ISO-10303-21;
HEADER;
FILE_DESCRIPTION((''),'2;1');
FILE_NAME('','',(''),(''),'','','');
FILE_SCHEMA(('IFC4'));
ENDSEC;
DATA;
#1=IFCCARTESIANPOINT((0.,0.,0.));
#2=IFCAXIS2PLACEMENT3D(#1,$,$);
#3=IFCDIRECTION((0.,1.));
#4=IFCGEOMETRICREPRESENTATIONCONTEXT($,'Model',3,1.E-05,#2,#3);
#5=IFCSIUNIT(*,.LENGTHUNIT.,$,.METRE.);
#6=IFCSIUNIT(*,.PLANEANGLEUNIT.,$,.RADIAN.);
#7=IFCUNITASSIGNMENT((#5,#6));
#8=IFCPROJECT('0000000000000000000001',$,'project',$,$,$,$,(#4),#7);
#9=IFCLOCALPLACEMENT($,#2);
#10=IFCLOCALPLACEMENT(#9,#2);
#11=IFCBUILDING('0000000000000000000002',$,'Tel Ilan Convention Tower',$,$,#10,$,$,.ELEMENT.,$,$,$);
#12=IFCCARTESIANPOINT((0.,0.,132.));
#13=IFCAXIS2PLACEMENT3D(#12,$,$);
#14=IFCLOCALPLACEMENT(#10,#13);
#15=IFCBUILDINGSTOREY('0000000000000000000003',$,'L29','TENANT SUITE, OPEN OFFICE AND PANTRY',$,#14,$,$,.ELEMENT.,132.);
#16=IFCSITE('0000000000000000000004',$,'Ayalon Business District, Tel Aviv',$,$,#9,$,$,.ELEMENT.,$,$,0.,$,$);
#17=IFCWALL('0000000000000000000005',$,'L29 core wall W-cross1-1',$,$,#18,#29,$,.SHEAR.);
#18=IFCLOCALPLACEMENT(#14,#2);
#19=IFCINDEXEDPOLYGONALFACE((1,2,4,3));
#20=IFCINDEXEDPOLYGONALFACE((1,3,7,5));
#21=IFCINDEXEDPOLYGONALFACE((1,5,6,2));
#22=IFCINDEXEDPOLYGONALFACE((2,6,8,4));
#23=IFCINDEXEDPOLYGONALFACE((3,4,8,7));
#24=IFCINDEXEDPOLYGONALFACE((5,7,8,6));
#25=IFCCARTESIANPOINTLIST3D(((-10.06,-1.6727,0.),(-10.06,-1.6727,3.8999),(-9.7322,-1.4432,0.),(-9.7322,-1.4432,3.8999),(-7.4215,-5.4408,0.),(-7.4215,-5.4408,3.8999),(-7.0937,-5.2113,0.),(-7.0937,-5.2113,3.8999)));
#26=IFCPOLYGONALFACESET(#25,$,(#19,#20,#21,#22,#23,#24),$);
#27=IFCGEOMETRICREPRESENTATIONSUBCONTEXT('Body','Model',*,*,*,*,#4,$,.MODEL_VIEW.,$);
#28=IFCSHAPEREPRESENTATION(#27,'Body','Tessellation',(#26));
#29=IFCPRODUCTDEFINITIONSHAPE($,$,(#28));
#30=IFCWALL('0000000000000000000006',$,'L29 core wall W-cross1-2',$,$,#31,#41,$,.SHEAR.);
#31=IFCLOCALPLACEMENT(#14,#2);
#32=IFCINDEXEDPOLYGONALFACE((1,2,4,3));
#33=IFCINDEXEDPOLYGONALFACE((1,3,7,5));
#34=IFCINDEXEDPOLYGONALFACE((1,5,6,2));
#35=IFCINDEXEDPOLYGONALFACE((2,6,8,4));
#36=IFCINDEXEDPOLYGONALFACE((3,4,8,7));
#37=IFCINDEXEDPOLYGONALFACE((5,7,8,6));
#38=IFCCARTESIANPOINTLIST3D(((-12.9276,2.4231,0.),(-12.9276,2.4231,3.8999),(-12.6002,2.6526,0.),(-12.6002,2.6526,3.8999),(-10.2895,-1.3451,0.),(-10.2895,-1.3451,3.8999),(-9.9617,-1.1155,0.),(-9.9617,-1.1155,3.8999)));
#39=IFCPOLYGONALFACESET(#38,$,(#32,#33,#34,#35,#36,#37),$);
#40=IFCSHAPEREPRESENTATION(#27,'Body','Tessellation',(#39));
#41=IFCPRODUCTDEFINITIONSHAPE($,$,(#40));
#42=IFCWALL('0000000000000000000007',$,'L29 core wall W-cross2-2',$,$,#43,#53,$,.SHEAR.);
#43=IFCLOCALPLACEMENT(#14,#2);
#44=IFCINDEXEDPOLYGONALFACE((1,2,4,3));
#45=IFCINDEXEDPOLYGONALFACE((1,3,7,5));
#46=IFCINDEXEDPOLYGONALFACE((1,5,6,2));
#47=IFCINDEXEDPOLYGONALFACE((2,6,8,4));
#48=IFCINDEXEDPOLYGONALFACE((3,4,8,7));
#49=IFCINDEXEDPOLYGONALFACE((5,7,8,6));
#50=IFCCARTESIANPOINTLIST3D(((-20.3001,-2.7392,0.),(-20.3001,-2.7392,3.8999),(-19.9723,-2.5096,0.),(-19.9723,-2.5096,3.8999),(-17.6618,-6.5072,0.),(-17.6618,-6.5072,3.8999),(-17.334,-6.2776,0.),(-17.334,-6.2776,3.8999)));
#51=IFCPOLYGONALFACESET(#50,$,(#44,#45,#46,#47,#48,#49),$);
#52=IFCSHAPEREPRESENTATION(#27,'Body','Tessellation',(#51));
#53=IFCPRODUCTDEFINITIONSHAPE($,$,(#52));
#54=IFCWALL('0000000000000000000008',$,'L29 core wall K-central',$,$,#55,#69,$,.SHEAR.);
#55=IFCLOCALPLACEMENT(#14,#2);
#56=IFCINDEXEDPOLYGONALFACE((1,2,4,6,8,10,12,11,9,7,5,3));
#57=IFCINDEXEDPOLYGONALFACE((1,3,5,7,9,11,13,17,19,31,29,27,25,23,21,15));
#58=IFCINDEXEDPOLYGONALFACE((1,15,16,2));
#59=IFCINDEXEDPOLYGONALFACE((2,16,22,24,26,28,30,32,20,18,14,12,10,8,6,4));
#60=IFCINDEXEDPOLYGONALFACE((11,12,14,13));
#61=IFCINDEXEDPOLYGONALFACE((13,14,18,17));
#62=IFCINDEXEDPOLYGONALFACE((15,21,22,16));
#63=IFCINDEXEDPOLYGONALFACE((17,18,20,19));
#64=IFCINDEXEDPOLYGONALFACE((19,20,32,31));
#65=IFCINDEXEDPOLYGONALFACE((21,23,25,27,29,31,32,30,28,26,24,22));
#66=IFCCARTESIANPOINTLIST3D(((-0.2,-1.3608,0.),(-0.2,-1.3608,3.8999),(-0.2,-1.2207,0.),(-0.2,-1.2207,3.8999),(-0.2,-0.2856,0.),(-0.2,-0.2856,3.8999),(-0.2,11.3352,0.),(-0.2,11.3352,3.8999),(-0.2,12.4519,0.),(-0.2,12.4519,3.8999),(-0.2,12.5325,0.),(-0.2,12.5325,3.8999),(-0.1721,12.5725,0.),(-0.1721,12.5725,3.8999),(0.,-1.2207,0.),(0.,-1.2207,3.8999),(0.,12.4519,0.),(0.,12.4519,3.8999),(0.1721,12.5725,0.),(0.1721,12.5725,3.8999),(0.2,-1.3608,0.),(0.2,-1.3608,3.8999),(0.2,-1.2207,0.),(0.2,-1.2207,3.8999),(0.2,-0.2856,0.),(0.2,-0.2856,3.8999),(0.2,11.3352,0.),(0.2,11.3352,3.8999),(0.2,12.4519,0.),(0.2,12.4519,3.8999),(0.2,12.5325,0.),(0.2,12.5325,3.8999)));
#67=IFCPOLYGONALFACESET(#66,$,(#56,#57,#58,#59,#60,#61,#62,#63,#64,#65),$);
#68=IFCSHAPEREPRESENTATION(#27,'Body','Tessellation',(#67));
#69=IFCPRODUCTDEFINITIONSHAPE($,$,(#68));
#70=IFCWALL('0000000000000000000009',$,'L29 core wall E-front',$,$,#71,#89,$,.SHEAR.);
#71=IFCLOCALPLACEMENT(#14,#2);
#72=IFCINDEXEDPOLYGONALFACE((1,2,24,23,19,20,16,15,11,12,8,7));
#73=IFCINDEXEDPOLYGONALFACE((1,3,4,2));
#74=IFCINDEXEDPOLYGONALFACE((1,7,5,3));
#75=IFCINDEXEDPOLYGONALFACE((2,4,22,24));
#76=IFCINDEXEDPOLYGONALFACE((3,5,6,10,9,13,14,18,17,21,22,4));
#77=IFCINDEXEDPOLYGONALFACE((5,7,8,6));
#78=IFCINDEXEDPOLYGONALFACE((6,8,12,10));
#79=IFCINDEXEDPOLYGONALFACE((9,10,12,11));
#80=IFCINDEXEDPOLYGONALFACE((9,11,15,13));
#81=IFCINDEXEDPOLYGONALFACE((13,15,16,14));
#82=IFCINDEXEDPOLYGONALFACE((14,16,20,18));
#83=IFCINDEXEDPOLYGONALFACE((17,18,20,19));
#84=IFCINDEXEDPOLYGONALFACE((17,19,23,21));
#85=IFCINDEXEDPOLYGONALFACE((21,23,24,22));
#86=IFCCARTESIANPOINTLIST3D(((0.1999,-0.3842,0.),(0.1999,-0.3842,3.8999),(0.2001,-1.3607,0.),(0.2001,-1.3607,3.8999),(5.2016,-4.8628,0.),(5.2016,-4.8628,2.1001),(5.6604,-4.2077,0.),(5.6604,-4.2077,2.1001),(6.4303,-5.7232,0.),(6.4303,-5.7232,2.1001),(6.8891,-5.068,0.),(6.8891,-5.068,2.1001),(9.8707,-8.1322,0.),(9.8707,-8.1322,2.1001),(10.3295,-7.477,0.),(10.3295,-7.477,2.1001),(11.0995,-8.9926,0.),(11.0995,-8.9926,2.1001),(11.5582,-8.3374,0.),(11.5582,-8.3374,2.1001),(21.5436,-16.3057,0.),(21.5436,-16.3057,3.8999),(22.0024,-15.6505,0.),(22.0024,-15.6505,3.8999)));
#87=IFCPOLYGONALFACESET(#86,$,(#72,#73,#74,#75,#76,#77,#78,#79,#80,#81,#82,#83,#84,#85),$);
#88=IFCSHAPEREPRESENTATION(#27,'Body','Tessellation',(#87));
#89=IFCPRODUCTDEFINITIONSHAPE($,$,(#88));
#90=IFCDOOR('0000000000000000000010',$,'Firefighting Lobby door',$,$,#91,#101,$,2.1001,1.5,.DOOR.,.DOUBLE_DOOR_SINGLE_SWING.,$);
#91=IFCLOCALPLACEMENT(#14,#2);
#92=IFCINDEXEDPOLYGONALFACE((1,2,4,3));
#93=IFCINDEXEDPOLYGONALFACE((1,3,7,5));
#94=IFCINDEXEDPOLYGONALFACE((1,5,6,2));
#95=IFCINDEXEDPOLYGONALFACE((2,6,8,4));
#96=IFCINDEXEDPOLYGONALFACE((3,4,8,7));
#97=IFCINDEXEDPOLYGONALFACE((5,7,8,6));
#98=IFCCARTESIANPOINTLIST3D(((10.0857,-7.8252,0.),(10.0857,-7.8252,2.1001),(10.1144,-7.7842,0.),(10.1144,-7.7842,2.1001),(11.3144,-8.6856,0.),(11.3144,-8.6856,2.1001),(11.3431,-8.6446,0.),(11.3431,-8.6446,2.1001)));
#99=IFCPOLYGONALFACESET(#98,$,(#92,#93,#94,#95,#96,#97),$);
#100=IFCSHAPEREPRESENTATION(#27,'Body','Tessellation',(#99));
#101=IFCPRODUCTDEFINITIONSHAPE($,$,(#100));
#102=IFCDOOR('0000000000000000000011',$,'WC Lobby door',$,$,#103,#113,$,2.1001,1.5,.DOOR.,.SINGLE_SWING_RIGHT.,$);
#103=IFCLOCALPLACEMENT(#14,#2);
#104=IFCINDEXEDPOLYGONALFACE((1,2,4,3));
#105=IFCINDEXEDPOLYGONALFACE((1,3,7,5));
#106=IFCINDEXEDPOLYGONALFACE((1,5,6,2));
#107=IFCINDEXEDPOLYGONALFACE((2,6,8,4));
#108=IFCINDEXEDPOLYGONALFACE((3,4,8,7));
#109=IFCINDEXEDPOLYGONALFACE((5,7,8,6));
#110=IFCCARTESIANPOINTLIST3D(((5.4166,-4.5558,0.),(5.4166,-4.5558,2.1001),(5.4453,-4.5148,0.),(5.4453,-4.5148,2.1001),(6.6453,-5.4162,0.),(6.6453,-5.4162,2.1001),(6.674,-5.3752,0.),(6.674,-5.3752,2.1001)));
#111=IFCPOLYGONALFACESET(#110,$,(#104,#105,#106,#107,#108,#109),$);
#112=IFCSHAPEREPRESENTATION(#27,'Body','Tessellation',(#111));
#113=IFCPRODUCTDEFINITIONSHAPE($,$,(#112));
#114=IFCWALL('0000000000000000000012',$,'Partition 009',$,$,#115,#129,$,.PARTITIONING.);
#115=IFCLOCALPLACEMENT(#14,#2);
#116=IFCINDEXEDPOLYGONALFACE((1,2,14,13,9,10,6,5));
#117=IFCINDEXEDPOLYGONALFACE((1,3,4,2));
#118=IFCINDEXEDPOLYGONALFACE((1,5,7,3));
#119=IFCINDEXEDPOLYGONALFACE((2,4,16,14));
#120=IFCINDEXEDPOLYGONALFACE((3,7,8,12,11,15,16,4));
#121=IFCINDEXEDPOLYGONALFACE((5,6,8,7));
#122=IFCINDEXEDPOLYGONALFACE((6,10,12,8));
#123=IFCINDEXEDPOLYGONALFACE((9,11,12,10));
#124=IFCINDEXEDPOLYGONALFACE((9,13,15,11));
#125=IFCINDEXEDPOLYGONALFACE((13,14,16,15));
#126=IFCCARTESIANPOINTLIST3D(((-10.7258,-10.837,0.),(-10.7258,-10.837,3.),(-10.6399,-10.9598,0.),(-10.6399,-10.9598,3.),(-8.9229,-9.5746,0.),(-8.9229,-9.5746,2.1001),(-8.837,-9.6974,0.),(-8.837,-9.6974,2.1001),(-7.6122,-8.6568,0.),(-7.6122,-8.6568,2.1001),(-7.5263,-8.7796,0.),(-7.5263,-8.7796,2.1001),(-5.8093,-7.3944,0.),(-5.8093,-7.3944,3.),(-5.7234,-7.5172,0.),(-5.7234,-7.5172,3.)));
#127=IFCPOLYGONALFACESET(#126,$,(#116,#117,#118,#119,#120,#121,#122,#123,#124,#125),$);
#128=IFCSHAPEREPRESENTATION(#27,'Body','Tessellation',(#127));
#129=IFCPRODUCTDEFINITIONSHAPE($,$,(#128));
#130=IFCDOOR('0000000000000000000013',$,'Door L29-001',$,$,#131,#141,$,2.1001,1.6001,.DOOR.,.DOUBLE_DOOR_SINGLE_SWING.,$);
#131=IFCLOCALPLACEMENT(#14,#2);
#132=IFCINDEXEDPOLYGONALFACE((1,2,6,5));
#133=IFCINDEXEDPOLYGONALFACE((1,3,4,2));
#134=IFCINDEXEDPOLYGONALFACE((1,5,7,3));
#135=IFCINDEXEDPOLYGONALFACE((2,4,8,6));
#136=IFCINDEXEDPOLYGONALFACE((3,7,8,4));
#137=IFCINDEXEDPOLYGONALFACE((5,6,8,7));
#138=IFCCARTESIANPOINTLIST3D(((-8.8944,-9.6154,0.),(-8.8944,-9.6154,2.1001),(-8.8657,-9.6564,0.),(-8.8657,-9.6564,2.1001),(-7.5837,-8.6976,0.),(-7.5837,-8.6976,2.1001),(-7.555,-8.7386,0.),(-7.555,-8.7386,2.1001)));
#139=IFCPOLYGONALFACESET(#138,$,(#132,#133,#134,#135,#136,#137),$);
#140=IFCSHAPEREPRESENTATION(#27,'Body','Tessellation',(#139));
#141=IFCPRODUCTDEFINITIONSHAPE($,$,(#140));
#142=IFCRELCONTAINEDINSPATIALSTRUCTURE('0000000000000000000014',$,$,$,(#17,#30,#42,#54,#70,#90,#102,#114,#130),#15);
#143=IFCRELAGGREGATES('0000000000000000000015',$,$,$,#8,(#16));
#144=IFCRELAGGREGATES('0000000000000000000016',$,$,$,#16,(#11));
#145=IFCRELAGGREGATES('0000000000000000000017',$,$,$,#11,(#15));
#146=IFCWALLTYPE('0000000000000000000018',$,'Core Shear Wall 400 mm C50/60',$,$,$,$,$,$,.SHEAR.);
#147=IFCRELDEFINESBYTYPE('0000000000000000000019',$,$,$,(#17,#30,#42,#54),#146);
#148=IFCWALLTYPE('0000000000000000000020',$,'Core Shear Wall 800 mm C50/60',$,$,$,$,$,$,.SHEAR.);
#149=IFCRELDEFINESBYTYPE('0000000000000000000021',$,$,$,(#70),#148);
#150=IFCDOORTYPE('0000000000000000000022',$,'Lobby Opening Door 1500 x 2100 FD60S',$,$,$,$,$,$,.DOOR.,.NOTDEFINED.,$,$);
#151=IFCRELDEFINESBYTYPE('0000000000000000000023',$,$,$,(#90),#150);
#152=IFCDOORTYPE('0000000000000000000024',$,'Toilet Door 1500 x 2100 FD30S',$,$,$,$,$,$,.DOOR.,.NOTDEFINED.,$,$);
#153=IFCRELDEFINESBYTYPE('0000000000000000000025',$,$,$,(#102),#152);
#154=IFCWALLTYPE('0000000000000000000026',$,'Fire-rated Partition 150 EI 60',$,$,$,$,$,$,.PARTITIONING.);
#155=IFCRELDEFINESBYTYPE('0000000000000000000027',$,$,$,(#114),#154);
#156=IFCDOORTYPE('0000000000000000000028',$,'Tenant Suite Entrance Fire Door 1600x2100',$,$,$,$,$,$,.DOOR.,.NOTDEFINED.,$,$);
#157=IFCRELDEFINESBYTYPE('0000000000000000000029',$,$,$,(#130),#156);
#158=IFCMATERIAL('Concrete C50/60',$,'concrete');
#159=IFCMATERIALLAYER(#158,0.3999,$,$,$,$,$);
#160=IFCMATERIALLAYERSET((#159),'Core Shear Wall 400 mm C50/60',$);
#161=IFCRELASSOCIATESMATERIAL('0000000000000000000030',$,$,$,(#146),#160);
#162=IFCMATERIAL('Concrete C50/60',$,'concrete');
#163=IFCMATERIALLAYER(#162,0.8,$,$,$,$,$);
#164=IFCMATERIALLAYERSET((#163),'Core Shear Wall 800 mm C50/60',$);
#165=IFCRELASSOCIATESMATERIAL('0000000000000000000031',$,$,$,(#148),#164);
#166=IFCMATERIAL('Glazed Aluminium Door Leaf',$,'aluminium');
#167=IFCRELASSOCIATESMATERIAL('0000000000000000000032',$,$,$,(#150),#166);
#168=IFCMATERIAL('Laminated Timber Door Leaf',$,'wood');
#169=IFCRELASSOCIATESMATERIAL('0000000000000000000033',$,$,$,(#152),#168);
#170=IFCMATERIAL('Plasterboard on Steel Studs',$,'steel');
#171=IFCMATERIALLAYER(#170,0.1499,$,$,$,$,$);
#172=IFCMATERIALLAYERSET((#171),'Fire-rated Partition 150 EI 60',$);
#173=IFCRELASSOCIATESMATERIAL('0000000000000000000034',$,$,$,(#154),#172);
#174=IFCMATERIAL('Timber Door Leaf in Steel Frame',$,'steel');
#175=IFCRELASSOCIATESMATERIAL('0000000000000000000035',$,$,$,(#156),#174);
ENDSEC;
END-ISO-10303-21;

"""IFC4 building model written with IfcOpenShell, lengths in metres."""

from ifc_helpers import new_model, si_unit, direction, frame, frame_2d, origin, place, context, subcontext, project, spatial, polyline, rectangle, outline, extrude, material, layer, layer_set, type_object, element, fill, save


model = new_model("IFC4")

# Units and contexts
model_context = context("Model", 3, precision=1e-05, world=origin(), true_north=direction((0.0, 1.0)))
body_context = subcontext(model_context, "Body", "Model", "MODEL_VIEW")
ifc_project = project(units=[si_unit("LENGTHUNIT", "METRE"), si_unit("PLANEANGLEUNIT", "RADIAN")], contexts=[model_context])

# Site, building, storey
site_placement = place(None, origin())
site = spatial("IfcSite", under=ifc_project, at=site_placement, Name="Ayalon Business District, Tel Aviv", CompositionType="ELEMENT", RefElevation=0.0)
building_placement = place(site_placement, origin())
building = spatial("IfcBuilding", under=site, at=building_placement, Name="Tel Ilan Convention Tower", CompositionType="ELEMENT")
storey_placement = place(building_placement, frame((0.0, 0.0, 132.0)))
storey = spatial("IfcBuildingStorey", under=building, at=storey_placement, Name="L29", Description="TENANT SUITE, OPEN OFFICE AND PANTRY", CompositionType="ELEMENT", Elevation=132.0)

# Walls
ifc_material_1 = material(Name="Concrete C50/60", Category="concrete")
ifc_layer_1 = layer(ifc_material_1, 0.3999)
ifc_layer_set_1 = layer_set([ifc_layer_1], Name="Core Shear Wall 400 mm C50/60")
wall_type_1 = type_object("IfcWallType", Name="Core Shear Wall 400 mm C50/60", PredefinedType="SHEAR", material=ifc_layer_set_1)
wall_1_placement = place(storey_placement, frame((-7.2578, -5.3259, 0.0), z_axis=(0.0, 0.0, 1.0), x_axis=(-0.573541, 0.819177, 0.0)))
element("IfcWall", 1, at=wall_1_placement, inside=storey, type_object=wall_type_1, Name="L29 core wall W-cross1-1", PredefinedType="SHEAR", context=body_context, shape_type="SweptSolid", body=[
    extrude(outline(polyline([(4.5999, 0.2002), (-0.0002, 0.2), (-0.0002, -0.2002), (4.5999, -0.2), (4.5999, 0.2002)])), origin(), (0.0, 0.0, 1.0), 3.8999),
])
wall_2_placement = place(storey_placement, frame((-10.1255, -1.2302, 0.0), z_axis=(0.0, 0.0, 1.0), x_axis=(-0.573576, 0.819152, 0.0)))
element("IfcWall", 2, at=wall_2_placement, inside=storey, type_object=wall_type_1, Name="L29 core wall W-cross1-2", PredefinedType="SHEAR", context=body_context, shape_type="SweptSolid", body=[
    extrude(outline(polyline([(4.6001, -0.2), (4.5999, 0.2), (0.0, 0.2002), (0.0, -0.2), (4.6001, -0.2)])), origin(), (0.0, 0.0, 1.0), 3.8999),
])
wall_3_placement = place(storey_placement, frame((-17.4978, -6.3923, 0.0), z_axis=(0.0, 0.0, 1.0), x_axis=(-0.573612, 0.819127, 0.0)))
element("IfcWall", 3, at=wall_3_placement, inside=storey, type_object=wall_type_1, Name="L29 core wall W-cross2-2", PredefinedType="SHEAR", context=body_context, shape_type="SweptSolid", body=[
    extrude(outline(polyline([(4.5999, -0.2002), (4.5999, 0.2), (0.0, 0.2002), (0.0, -0.2), (4.5999, -0.2002)])), origin(), (0.0, 0.0, 1.0), 3.8999),
])
wall_4_placement = place(storey_placement, frame((0.0, -1.3608, 0.0), z_axis=(0.0, 0.0, 1.0), x_axis=(0.0, 1.0, 0.0)))
element("IfcWall", 4, at=wall_4_placement, inside=storey, type_object=wall_type_1, Name="L29 core wall K-central", PredefinedType="SHEAR", context=body_context, shape_type="SweptSolid", body=[
    extrude(outline(polyline([(0.0, -0.2), (0.1401, -0.2), (1.0752, -0.2), (12.696, -0.2), (13.8127, -0.2), (13.8933, -0.2), (13.9333, -0.1721), (13.8127, 0.0), (13.9333, 0.1721), (13.8933, 0.2), (13.8127, 0.2), (12.696, 0.2), (1.0752, 0.2), (0.1401, 0.2), (0.0, 0.2), (0.1401, 0.0), (0.0, -0.2)])), origin(), (0.0, 0.0, 1.0), 3.8999),
])

# Wall, openings, doors
ifc_material_2 = material(Name="Concrete C50/60", Category="concrete")
ifc_layer_2 = layer(ifc_material_2, 0.8)
ifc_layer_set_2 = layer_set([ifc_layer_2], Name="Core Shear Wall 800 mm C50/60")
wall_type_2 = type_object("IfcWallType", Name="Core Shear Wall 800 mm C50/60", PredefinedType="SHEAR", material=ifc_layer_set_2)
wall_5_placement = place(storey_placement, frame((-0.0293, -0.7119, 0.0), z_axis=(0.0, 0.0, 1.0), x_axis=(0.819152, -0.573577, 0.0)))
wall_5 = element("IfcWall", 5, at=wall_5_placement, inside=storey, type_object=wall_type_2, Name="L29 core wall E-front", PredefinedType="SHEAR", context=body_context, shape_type="SweptSolid", body=[
    extrude(outline(polyline([(26.6157, 0.3999), (-0.0002, 0.3999), (0.5601, -0.3999), (26.6157, -0.3999), (26.6157, 0.3999)])), origin(), (0.0, 0.0, 1.0), 3.8999),
])
opening_1_placement = place(wall_5_placement, frame((6.6658, 0.0, 0.0)))
opening_1 = element("IfcOpeningElement", 6, at=opening_1_placement, cuts=wall_5, PredefinedType="OPENING", context=body_context, shape_type="SweptSolid", body=[
    extrude(rectangle(XDim=1.5, YDim=2.1001, at=frame_2d((0.75, 1.05))), frame((0.0, 0.4099, 0.0), z_axis=(0.0, -1.0, 0.0), x_axis=(1.0, 0.0, 0.0)), (0.0, 0.0, 1.0), 0.8201),
])
opening_2_placement = place(wall_5_placement, frame((12.3657, 0.0, 0.0)))
opening_2 = element("IfcOpeningElement", 7, at=opening_2_placement, cuts=wall_5, PredefinedType="OPENING", context=body_context, shape_type="SweptSolid", body=[
    extrude(rectangle(XDim=1.5, YDim=2.1001, at=frame_2d((0.75, 1.05))), frame((0.0, 0.4099, 0.0), z_axis=(0.0, -1.0, 0.0), x_axis=(1.0, 0.0, 0.0)), (0.0, 0.0, 1.0), 0.8201),
])
ifc_material_3 = material(Name="Glazed Aluminium Door Leaf", Category="aluminium")
door_type_1 = type_object("IfcDoorType", Name="Lobby Opening Door 1500 x 2100 FD60S", OperationType="NOTDEFINED", PredefinedType="DOOR", material=ifc_material_3)
door_1_placement = place(opening_2_placement, origin())
door_1 = element("IfcDoor", 8, at=door_1_placement, inside=storey, type_object=door_type_1, Name="Firefighting Lobby door", OperationType="DOUBLE_DOOR_SINGLE_SWING", OverallHeight=2.1001, OverallWidth=1.5, PredefinedType="DOOR", context=body_context, shape_type="SweptSolid", body=[
    extrude(rectangle(XDim=1.5, YDim=2.1001, at=frame_2d((0.75, 1.05))), frame((0.0, 0.0249, 0.0), z_axis=(0.0, -1.0, 0.0), x_axis=(1.0, 0.0, 0.0)), (0.0, 0.0, 1.0), 0.05),
])
fill(opening_2, door_1)
ifc_material_4 = material(Name="Laminated Timber Door Leaf", Category="wood")
door_type_2 = type_object("IfcDoorType", Name="Toilet Door 1500 x 2100 FD30S", OperationType="NOTDEFINED", PredefinedType="DOOR", material=ifc_material_4)
door_2_placement = place(opening_1_placement, origin())
door_2 = element("IfcDoor", 9, at=door_2_placement, inside=storey, type_object=door_type_2, Name="WC Lobby door", OperationType="SINGLE_SWING_RIGHT", OverallHeight=2.1001, OverallWidth=1.5, PredefinedType="DOOR", context=body_context, shape_type="SweptSolid", body=[
    extrude(rectangle(XDim=1.5, YDim=2.1001, at=frame_2d((0.75, 1.05))), frame((0.0, 0.0249, 0.0), z_axis=(0.0, -1.0, 0.0), x_axis=(1.0, 0.0, 0.0)), (0.0, 0.0, 1.0), 0.05),
])
fill(opening_1, door_2)

# Wall, opening, door
ifc_material_5 = material(Name="Plasterboard on Steel Studs", Category="steel")
ifc_layer_3 = layer(ifc_material_5, 0.1499)
ifc_layer_set_3 = layer_set([ifc_layer_3], Name="Fire-rated Partition 150 EI 60")
wall_type_3 = type_object("IfcWallType", Name="Fire-rated Partition 150 EI 60", PredefinedType="PARTITIONING", material=ifc_layer_set_3)
wall_6_placement = place(storey_placement, frame((-5.7664, -7.4558, 0.0), z_axis=(0.0, 0.0, 1.0), x_axis=(-0.819148, -0.573582, 0.0)))
wall_6 = element("IfcWall", 10, at=wall_6_placement, inside=storey, type_object=wall_type_3, Name="Partition 009", PredefinedType="PARTITIONING", context=body_context, shape_type="SweptSolid", body=[
    extrude(rectangle(XDim=6.002, YDim=0.1499, at=frame_2d((3.001, 0.0))), origin(), (0.0, 0.0, 1.0), 3.0),
])
opening_3_placement = place(wall_6_placement, frame((2.2009, 0.0, 0.0)))
opening_3 = element("IfcOpeningElement", 11, at=opening_3_placement, cuts=wall_6, PredefinedType="OPENING", context=body_context, shape_type="SweptSolid", body=[
    extrude(rectangle(XDim=1.6001, YDim=2.1001, at=frame_2d((0.8, 1.05))), frame((0.0, 0.085, 0.0), z_axis=(0.0, -1.0, 0.0), x_axis=(1.0, 0.0, 0.0)), (0.0, 0.0, 1.0), 0.1699),
])
ifc_material_6 = material(Name="Timber Door Leaf in Steel Frame", Category="steel")
door_type_3 = type_object("IfcDoorType", Name="Tenant Suite Entrance Fire Door 1600x2100", OperationType="NOTDEFINED", PredefinedType="DOOR", material=ifc_material_6)
door_3_placement = place(opening_3_placement, origin())
door_3 = element("IfcDoor", 12, at=door_3_placement, inside=storey, type_object=door_type_3, Name="Door L29-001", OperationType="DOUBLE_DOOR_SINGLE_SWING", OverallHeight=2.1001, OverallWidth=1.6001, PredefinedType="DOOR", context=body_context, shape_type="SweptSolid", body=[
    extrude(rectangle(XDim=1.6001, YDim=2.1001, at=frame_2d((0.8, 1.05))), frame((0.0, 0.0249, 0.0), z_axis=(0.0, -1.0, 0.0), x_axis=(1.0, 0.0, 0.0)), (0.0, 0.0, 1.0), 0.05),
])
fill(opening_3, door_3)

save(model, "model.ifc")
